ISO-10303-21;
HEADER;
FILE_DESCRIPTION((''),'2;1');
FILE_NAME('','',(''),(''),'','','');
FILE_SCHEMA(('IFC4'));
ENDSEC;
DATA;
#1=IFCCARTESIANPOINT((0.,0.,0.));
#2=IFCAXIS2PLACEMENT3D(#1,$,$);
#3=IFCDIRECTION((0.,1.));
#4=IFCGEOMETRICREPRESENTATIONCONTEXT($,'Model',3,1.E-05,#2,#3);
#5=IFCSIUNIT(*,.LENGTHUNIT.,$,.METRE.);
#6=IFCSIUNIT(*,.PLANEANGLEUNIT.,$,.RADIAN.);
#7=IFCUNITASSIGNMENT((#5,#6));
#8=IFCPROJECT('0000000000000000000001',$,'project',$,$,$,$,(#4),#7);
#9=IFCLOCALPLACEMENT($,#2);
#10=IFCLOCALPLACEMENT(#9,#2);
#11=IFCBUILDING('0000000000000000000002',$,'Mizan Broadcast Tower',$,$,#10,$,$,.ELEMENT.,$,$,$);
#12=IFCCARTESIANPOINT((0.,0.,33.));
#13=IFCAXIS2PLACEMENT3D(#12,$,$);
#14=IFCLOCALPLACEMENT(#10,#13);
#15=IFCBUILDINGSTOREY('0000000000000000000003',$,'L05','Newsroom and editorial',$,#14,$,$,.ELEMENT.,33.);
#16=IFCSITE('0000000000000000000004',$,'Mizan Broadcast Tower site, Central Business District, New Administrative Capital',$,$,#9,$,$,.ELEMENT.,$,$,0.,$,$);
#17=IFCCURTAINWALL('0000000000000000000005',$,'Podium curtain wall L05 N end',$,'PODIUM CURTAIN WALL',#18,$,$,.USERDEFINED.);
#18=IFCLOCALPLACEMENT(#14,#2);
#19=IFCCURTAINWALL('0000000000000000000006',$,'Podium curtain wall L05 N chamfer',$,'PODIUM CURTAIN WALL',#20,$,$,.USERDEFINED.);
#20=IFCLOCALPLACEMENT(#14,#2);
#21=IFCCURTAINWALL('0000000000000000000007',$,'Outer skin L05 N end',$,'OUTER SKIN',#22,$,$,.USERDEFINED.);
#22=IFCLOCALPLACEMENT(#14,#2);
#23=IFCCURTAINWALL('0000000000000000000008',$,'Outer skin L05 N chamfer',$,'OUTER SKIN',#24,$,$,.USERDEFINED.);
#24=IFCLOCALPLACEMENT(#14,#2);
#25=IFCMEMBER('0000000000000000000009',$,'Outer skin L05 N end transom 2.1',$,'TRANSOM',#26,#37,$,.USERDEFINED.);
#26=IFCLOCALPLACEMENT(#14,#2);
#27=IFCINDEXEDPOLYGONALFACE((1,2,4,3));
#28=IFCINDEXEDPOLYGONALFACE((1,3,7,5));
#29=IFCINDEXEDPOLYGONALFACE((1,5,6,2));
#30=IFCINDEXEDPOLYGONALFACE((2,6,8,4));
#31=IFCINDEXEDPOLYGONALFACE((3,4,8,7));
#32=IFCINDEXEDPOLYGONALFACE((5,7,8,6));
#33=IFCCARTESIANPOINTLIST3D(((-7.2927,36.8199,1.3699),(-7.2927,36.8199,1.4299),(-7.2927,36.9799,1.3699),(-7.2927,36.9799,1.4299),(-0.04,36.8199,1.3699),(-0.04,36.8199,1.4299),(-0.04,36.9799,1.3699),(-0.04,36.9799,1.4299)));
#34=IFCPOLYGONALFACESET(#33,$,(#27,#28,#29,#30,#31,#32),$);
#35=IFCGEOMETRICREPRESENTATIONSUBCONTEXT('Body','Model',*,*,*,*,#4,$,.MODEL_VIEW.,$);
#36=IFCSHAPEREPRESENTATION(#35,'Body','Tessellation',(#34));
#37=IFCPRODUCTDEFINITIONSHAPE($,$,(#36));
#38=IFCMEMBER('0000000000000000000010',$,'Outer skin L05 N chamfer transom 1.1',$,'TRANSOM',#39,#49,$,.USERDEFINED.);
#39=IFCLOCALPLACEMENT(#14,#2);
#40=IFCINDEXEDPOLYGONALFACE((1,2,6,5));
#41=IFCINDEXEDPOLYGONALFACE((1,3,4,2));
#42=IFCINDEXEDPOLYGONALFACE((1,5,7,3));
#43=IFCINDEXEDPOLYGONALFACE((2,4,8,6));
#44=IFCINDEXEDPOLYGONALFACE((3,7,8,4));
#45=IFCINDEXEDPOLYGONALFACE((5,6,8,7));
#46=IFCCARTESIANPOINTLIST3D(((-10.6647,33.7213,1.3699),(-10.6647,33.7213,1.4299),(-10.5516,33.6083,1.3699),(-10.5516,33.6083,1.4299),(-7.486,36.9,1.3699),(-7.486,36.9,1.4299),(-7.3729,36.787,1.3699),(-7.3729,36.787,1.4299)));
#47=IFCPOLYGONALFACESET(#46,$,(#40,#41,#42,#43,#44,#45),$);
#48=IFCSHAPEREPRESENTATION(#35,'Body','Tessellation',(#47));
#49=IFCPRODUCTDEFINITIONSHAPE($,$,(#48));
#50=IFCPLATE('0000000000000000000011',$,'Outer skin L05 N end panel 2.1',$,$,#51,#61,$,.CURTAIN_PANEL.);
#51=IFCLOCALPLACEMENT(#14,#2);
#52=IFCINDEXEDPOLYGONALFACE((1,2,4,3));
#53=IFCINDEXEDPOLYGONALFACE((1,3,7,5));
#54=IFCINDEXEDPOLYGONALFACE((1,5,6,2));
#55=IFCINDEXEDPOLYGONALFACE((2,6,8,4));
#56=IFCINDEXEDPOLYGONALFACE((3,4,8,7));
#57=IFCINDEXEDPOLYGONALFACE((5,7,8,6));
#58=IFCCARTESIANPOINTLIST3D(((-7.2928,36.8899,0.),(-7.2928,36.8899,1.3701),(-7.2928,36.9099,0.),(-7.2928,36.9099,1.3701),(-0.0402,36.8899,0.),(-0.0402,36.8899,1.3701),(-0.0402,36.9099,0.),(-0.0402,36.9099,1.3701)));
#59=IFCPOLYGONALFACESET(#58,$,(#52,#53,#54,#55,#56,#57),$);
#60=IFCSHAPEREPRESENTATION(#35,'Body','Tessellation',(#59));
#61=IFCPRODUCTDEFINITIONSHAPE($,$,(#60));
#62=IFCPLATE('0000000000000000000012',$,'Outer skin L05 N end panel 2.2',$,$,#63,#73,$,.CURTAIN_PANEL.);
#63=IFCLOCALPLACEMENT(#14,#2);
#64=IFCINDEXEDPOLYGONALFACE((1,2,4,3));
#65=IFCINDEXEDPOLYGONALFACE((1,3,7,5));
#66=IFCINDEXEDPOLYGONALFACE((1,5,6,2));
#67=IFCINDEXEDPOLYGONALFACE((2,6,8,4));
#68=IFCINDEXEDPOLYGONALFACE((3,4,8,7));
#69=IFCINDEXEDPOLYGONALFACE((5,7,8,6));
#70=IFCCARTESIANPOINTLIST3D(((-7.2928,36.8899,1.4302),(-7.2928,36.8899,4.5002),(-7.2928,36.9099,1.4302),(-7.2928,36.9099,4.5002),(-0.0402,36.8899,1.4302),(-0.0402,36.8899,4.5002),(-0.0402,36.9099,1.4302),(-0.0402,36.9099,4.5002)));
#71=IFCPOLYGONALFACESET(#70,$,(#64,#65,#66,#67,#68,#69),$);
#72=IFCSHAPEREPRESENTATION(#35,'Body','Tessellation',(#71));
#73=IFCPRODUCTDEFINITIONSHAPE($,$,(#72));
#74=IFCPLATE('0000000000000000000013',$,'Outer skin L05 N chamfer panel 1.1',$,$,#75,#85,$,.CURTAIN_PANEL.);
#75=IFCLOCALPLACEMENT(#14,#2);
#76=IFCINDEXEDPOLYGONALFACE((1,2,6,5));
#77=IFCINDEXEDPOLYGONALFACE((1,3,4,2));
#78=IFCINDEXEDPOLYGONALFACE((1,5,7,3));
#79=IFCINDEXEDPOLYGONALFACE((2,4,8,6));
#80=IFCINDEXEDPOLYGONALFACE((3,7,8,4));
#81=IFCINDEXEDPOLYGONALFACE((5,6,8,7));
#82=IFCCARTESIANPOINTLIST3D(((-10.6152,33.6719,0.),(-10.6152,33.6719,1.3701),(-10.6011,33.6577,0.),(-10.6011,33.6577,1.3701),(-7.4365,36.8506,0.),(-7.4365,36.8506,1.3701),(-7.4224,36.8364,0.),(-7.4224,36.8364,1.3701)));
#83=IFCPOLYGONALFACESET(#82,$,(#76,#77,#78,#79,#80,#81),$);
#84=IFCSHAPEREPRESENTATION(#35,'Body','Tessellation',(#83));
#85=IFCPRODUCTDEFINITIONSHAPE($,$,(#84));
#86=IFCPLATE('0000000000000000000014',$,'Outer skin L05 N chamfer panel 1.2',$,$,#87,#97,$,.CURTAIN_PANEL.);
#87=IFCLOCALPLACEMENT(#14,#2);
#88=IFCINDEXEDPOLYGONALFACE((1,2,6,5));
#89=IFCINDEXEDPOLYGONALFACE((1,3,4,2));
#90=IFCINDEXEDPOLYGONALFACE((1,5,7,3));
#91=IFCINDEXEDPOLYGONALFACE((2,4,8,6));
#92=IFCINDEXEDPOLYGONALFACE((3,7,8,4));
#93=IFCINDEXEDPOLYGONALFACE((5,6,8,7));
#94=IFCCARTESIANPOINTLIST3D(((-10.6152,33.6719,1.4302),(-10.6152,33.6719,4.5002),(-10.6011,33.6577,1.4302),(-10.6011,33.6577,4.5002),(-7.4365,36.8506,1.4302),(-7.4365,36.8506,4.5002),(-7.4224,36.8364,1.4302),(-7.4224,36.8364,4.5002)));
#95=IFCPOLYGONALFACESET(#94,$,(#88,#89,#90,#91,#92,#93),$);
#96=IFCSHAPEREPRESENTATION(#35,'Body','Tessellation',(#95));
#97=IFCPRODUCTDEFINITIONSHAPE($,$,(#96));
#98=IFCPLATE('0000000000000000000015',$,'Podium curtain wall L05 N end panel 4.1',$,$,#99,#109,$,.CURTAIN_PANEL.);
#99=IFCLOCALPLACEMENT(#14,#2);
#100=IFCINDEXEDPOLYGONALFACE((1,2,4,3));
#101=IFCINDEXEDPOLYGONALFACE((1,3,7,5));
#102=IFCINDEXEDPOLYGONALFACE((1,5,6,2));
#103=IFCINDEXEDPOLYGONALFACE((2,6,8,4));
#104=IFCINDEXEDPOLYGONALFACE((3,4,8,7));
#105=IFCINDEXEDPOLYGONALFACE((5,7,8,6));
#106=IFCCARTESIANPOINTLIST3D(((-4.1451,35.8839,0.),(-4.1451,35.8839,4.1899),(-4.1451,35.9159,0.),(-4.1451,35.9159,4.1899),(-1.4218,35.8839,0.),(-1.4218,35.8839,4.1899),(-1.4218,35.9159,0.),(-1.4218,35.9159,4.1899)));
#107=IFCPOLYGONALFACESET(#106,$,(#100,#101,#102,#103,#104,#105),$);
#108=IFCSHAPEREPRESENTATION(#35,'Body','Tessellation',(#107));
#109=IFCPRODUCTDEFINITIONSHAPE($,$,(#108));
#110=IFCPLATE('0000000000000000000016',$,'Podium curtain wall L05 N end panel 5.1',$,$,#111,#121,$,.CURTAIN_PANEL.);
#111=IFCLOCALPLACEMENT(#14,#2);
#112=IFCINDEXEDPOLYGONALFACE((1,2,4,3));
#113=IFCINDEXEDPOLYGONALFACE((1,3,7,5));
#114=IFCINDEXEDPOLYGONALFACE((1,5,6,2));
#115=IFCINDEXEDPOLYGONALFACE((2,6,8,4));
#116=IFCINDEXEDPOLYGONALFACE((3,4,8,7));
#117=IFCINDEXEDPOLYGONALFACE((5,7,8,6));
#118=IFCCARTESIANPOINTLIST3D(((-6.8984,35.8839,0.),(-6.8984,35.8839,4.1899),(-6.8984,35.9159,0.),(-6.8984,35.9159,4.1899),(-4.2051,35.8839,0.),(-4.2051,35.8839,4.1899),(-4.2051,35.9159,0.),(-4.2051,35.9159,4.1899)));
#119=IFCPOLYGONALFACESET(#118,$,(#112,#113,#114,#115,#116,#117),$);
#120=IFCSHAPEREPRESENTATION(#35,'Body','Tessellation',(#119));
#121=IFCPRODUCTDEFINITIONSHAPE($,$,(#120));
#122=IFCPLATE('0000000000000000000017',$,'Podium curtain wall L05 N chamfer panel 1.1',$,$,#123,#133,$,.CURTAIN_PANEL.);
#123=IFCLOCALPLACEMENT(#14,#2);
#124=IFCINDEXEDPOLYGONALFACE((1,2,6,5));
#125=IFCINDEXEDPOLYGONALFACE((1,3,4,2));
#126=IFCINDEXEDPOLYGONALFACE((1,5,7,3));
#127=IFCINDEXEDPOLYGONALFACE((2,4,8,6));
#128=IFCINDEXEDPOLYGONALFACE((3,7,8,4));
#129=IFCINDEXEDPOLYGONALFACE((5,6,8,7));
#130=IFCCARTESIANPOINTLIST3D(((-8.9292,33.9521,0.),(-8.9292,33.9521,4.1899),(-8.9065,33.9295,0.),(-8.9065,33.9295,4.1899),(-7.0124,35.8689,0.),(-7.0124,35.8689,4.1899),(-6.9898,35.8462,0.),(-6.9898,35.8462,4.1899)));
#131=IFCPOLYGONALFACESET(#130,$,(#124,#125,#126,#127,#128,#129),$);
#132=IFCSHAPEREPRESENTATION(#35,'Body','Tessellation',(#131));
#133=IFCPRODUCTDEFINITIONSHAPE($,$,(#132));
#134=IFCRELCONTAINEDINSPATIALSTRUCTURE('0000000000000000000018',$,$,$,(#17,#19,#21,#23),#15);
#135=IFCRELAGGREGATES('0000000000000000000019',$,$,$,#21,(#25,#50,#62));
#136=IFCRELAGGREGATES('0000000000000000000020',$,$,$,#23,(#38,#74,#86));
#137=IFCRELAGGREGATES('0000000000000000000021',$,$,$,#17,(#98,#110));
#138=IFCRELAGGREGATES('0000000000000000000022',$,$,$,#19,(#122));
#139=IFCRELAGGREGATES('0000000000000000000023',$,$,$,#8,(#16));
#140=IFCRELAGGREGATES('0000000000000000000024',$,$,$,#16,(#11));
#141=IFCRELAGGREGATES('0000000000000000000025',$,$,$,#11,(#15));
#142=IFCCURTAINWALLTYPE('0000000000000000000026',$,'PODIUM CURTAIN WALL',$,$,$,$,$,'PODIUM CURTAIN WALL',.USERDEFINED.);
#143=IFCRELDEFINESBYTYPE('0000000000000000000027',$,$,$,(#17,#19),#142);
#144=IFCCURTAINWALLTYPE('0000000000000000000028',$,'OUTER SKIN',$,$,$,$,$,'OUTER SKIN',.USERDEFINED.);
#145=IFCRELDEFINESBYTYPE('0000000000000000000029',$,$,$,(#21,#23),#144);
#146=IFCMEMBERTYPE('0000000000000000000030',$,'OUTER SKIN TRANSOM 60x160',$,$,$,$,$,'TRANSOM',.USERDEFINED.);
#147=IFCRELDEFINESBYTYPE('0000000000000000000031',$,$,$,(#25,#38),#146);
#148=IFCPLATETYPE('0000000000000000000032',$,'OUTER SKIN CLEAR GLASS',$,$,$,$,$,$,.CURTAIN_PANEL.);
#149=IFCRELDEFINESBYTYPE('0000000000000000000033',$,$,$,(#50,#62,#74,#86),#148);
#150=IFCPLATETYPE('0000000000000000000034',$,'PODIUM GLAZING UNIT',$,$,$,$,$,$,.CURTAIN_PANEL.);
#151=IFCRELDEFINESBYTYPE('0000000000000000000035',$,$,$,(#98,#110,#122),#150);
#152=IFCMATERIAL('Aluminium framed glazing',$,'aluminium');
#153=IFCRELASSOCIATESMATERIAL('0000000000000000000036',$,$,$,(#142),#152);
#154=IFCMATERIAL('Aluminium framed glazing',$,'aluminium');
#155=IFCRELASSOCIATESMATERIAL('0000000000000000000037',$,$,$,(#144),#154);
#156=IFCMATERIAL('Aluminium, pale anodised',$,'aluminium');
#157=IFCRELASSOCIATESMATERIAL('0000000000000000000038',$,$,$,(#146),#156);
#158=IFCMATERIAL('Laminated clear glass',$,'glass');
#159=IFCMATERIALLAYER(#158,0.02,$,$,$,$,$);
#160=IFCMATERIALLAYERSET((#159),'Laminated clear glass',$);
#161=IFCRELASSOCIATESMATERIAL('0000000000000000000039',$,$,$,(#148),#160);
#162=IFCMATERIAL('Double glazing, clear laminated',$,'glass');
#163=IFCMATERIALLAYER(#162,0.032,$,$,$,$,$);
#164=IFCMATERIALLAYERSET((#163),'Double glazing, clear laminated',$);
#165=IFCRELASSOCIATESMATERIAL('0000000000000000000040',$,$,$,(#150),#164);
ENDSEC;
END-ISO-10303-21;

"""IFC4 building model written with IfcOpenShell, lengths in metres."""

from ifc_helpers import new_model, si_unit, direction, frame, origin, origin_2d, place, context, subcontext, project, spatial, rectangle, extrude, material, layer, layer_set, material_profile, profile_set, type_object, element, aggregate, save


model = new_model("IFC4")

# Units and contexts
model_context = context("Model", 3, precision=1e-05, world=origin(), true_north=direction((0.0, 1.0)))
body_context = subcontext(model_context, "Body", "Model", "MODEL_VIEW")
ifc_project = project(units=[si_unit("LENGTHUNIT", "METRE"), si_unit("PLANEANGLEUNIT", "RADIAN")], contexts=[model_context])

# Site, building, storey
site_placement = place(None, origin())
site = spatial("IfcSite", under=ifc_project, at=site_placement, Name="Mizan Broadcast Tower site, Central Business District, New Administrative Capital", CompositionType="ELEMENT", RefElevation=0.0)
building_placement = place(site_placement, origin())
building = spatial("IfcBuilding", under=site, at=building_placement, Name="Mizan Broadcast Tower", CompositionType="ELEMENT")
storey_placement = place(building_placement, frame((0.0, 0.0, 33.0)))
storey = spatial("IfcBuildingStorey", under=building, at=storey_placement, Name="L05", Description="Newsroom and editorial", CompositionType="ELEMENT", Elevation=33.0)

# Curtain wall
ifc_material_1 = material(Name="Aluminium framed glazing", Category="aluminium")
curtain_wall_type_1 = type_object("IfcCurtainWallType", Name="PODIUM CURTAIN WALL", ElementType="PODIUM CURTAIN WALL", PredefinedType="USERDEFINED", material=ifc_material_1)
curtain_wall_1_placement = place(storey_placement, origin())
curtain_wall_1 = element("IfcCurtainWall", 1, at=curtain_wall_1_placement, inside=storey, type_object=curtain_wall_type_1, Name="Podium curtain wall L05 N end", ObjectType="PODIUM CURTAIN WALL", PredefinedType="USERDEFINED")

# Curtain wall
curtain_wall_2_placement = place(storey_placement, origin())
curtain_wall_2 = element("IfcCurtainWall", 2, at=curtain_wall_2_placement, inside=storey, type_object=curtain_wall_type_1, Name="Podium curtain wall L05 N chamfer", ObjectType="PODIUM CURTAIN WALL", PredefinedType="USERDEFINED")

# Curtain walls
ifc_material_2 = material(Name="Aluminium framed glazing", Category="aluminium")
curtain_wall_type_2 = type_object("IfcCurtainWallType", Name="OUTER SKIN", ElementType="OUTER SKIN", PredefinedType="USERDEFINED", material=ifc_material_2)
curtain_wall_3_placement = place(storey_placement, origin())
curtain_wall_3 = element("IfcCurtainWall", 3, at=curtain_wall_3_placement, inside=storey, type_object=curtain_wall_type_2, Name="Outer skin L05 N end", ObjectType="OUTER SKIN", PredefinedType="USERDEFINED")
curtain_wall_4_placement = place(storey_placement, origin())
curtain_wall_4 = element("IfcCurtainWall", 4, at=curtain_wall_4_placement, inside=storey, type_object=curtain_wall_type_2, Name="Outer skin L05 N chamfer", ObjectType="OUTER SKIN", PredefinedType="USERDEFINED")

# Members
ifc_material_3 = material(Name="Aluminium, pale anodised", Category="aluminium")
ifc_material_profile_1 = material_profile(ifc_material_3, rectangle(XDim=0.1599, YDim=0.0601, at=origin_2d()), Name="TRANSOM 160x60")
ifc_profile_set_1 = profile_set([ifc_material_profile_1], Name="Aluminium, pale anodised")
member_type_1 = type_object("IfcMemberType", Name="OUTER SKIN TRANSOM 60x160", ElementType="TRANSOM", PredefinedType="USERDEFINED", material=ifc_profile_set_1)
member_1_placement = place(storey_placement, frame((-0.04, 36.8999, 1.3999), z_axis=(-1.0, 0.0, 0.0), x_axis=(0.0, -1.0, 0.0)))
member_1 = element("IfcMember", 5, at=member_1_placement, type_object=member_type_1, Name="Outer skin L05 N end transom 2.1", ObjectType="TRANSOM", PredefinedType="USERDEFINED", context=body_context, shape_type="SweptSolid", body=[
    extrude(rectangle(XDim=0.1599, YDim=0.0601, at=origin_2d()), origin(), (0.0, 0.0, 1.0), 7.2527),
])
member_2_placement = place(storey_placement, frame((-7.4294, 36.8435, 1.3999), z_axis=(-0.707107, -0.707107, 0.0), x_axis=(0.707107, -0.707107, 0.0)))
member_2 = element("IfcMember", 6, at=member_2_placement, type_object=member_type_1, Name="Outer skin L05 N chamfer transom 1.1", ObjectType="TRANSOM", PredefinedType="USERDEFINED", context=body_context, shape_type="SweptSolid", body=[
    extrude(rectangle(XDim=0.1599, YDim=0.0601, at=origin_2d()), origin(), (0.0, 0.0, 1.0), 4.4954),
])

# Plates
ifc_material_4 = material(Name="Laminated clear glass", Category="glass")
ifc_layer_1 = layer(ifc_material_4, 0.02)
ifc_layer_set_1 = layer_set([ifc_layer_1], Name="Laminated clear glass")
plate_type_1 = type_object("IfcPlateType", Name="OUTER SKIN CLEAR GLASS", PredefinedType="CURTAIN_PANEL", material=ifc_layer_set_1)
plate_1_placement = place(storey_placement, frame((-3.6665, 36.8999, 0.0), z_axis=(0.0, 0.0, 1.0), x_axis=(-1.0, 0.0, 0.0)))
plate_1 = element("IfcPlate", 7, at=plate_1_placement, type_object=plate_type_1, Name="Outer skin L05 N end panel 2.1", PredefinedType="CURTAIN_PANEL", context=body_context, shape_type="SweptSolid", body=[
    extrude(rectangle(XDim=7.2527, YDim=0.02, at=origin_2d()), origin(), (0.0, 0.0, 1.0), 1.3701),
])
plate_2_placement = place(storey_placement, frame((-3.6665, 36.8999, 1.4302), z_axis=(0.0, 0.0, 1.0), x_axis=(-1.0, 0.0, 0.0)))
plate_2 = element("IfcPlate", 8, at=plate_2_placement, type_object=plate_type_1, Name="Outer skin L05 N end panel 2.2", PredefinedType="CURTAIN_PANEL", context=body_context, shape_type="SweptSolid", body=[
    extrude(rectangle(XDim=7.2527, YDim=0.02, at=origin_2d()), origin(), (0.0, 0.0, 1.0), 3.0701),
])
aggregate(curtain_wall_3, [member_1, plate_1, plate_2])
plate_3_placement = place(storey_placement, frame((-9.0188, 35.2542, 0.0), z_axis=(0.0, 0.0, 1.0), x_axis=(-0.707107, -0.707107, 0.0)))
plate_3 = element("IfcPlate", 9, at=plate_3_placement, type_object=plate_type_1, Name="Outer skin L05 N chamfer panel 1.1", PredefinedType="CURTAIN_PANEL", context=body_context, shape_type="SweptSolid", body=[
    extrude(rectangle(XDim=4.4954, YDim=0.02, at=origin_2d()), origin(), (0.0, 0.0, 1.0), 1.3701),
])
plate_4_placement = place(storey_placement, frame((-9.0188, 35.2542, 1.4302), z_axis=(0.0, 0.0, 1.0), x_axis=(-0.707107, -0.707107, 0.0)))
plate_4 = element("IfcPlate", 10, at=plate_4_placement, type_object=plate_type_1, Name="Outer skin L05 N chamfer panel 1.2", PredefinedType="CURTAIN_PANEL", context=body_context, shape_type="SweptSolid", body=[
    extrude(rectangle(XDim=4.4954, YDim=0.02, at=origin_2d()), origin(), (0.0, 0.0, 1.0), 3.0701),
])
aggregate(curtain_wall_4, [member_2, plate_3, plate_4])
ifc_material_5 = material(Name="Double glazing, clear laminated", Category="glass")
ifc_layer_2 = layer(ifc_material_5, 0.032)
ifc_layer_set_2 = layer_set([ifc_layer_2], Name="Double glazing, clear laminated")
plate_type_2 = type_object("IfcPlateType", Name="PODIUM GLAZING UNIT", PredefinedType="CURTAIN_PANEL", material=ifc_layer_set_2)
plate_5_placement = place(storey_placement, frame((-2.7834, 35.8999, 0.0), z_axis=(0.0, 0.0, 1.0), x_axis=(-1.0, 0.0, 0.0)))
plate_5 = element("IfcPlate", 11, at=plate_5_placement, type_object=plate_type_2, Name="Podium curtain wall L05 N end panel 4.1", PredefinedType="CURTAIN_PANEL", context=body_context, shape_type="SweptSolid", body=[
    extrude(rectangle(XDim=2.7234, YDim=0.032, at=origin_2d()), origin(), (0.0, 0.0, 1.0), 4.1899),
])
plate_6_placement = place(storey_placement, frame((-5.5518, 35.8999, 0.0), z_axis=(0.0, 0.0, 1.0), x_axis=(-1.0, 0.0, 0.0)))
plate_6 = element("IfcPlate", 12, at=plate_6_placement, type_object=plate_type_2, Name="Podium curtain wall L05 N end panel 5.1", PredefinedType="CURTAIN_PANEL", context=body_context, shape_type="SweptSolid", body=[
    extrude(rectangle(XDim=2.6934, YDim=0.032, at=origin_2d()), origin(), (0.0, 0.0, 1.0), 4.1899),
])
aggregate(curtain_wall_1, [plate_5, plate_6])
plate_7_placement = place(storey_placement, frame((-7.9595, 34.8992, 0.0), z_axis=(0.0, 0.0, 1.0), x_axis=(-0.707107, -0.707107, 0.0)))
plate_7 = element("IfcPlate", 13, at=plate_7_placement, type_object=plate_type_2, Name="Podium curtain wall L05 N chamfer panel 1.1", PredefinedType="CURTAIN_PANEL", context=body_context, shape_type="SweptSolid", body=[
    extrude(rectangle(XDim=2.7107, YDim=0.032, at=origin_2d()), origin(), (0.0, 0.0, 1.0), 4.1899),
])
aggregate(curtain_wall_2, [plate_7])

save(model, "model.ifc")
